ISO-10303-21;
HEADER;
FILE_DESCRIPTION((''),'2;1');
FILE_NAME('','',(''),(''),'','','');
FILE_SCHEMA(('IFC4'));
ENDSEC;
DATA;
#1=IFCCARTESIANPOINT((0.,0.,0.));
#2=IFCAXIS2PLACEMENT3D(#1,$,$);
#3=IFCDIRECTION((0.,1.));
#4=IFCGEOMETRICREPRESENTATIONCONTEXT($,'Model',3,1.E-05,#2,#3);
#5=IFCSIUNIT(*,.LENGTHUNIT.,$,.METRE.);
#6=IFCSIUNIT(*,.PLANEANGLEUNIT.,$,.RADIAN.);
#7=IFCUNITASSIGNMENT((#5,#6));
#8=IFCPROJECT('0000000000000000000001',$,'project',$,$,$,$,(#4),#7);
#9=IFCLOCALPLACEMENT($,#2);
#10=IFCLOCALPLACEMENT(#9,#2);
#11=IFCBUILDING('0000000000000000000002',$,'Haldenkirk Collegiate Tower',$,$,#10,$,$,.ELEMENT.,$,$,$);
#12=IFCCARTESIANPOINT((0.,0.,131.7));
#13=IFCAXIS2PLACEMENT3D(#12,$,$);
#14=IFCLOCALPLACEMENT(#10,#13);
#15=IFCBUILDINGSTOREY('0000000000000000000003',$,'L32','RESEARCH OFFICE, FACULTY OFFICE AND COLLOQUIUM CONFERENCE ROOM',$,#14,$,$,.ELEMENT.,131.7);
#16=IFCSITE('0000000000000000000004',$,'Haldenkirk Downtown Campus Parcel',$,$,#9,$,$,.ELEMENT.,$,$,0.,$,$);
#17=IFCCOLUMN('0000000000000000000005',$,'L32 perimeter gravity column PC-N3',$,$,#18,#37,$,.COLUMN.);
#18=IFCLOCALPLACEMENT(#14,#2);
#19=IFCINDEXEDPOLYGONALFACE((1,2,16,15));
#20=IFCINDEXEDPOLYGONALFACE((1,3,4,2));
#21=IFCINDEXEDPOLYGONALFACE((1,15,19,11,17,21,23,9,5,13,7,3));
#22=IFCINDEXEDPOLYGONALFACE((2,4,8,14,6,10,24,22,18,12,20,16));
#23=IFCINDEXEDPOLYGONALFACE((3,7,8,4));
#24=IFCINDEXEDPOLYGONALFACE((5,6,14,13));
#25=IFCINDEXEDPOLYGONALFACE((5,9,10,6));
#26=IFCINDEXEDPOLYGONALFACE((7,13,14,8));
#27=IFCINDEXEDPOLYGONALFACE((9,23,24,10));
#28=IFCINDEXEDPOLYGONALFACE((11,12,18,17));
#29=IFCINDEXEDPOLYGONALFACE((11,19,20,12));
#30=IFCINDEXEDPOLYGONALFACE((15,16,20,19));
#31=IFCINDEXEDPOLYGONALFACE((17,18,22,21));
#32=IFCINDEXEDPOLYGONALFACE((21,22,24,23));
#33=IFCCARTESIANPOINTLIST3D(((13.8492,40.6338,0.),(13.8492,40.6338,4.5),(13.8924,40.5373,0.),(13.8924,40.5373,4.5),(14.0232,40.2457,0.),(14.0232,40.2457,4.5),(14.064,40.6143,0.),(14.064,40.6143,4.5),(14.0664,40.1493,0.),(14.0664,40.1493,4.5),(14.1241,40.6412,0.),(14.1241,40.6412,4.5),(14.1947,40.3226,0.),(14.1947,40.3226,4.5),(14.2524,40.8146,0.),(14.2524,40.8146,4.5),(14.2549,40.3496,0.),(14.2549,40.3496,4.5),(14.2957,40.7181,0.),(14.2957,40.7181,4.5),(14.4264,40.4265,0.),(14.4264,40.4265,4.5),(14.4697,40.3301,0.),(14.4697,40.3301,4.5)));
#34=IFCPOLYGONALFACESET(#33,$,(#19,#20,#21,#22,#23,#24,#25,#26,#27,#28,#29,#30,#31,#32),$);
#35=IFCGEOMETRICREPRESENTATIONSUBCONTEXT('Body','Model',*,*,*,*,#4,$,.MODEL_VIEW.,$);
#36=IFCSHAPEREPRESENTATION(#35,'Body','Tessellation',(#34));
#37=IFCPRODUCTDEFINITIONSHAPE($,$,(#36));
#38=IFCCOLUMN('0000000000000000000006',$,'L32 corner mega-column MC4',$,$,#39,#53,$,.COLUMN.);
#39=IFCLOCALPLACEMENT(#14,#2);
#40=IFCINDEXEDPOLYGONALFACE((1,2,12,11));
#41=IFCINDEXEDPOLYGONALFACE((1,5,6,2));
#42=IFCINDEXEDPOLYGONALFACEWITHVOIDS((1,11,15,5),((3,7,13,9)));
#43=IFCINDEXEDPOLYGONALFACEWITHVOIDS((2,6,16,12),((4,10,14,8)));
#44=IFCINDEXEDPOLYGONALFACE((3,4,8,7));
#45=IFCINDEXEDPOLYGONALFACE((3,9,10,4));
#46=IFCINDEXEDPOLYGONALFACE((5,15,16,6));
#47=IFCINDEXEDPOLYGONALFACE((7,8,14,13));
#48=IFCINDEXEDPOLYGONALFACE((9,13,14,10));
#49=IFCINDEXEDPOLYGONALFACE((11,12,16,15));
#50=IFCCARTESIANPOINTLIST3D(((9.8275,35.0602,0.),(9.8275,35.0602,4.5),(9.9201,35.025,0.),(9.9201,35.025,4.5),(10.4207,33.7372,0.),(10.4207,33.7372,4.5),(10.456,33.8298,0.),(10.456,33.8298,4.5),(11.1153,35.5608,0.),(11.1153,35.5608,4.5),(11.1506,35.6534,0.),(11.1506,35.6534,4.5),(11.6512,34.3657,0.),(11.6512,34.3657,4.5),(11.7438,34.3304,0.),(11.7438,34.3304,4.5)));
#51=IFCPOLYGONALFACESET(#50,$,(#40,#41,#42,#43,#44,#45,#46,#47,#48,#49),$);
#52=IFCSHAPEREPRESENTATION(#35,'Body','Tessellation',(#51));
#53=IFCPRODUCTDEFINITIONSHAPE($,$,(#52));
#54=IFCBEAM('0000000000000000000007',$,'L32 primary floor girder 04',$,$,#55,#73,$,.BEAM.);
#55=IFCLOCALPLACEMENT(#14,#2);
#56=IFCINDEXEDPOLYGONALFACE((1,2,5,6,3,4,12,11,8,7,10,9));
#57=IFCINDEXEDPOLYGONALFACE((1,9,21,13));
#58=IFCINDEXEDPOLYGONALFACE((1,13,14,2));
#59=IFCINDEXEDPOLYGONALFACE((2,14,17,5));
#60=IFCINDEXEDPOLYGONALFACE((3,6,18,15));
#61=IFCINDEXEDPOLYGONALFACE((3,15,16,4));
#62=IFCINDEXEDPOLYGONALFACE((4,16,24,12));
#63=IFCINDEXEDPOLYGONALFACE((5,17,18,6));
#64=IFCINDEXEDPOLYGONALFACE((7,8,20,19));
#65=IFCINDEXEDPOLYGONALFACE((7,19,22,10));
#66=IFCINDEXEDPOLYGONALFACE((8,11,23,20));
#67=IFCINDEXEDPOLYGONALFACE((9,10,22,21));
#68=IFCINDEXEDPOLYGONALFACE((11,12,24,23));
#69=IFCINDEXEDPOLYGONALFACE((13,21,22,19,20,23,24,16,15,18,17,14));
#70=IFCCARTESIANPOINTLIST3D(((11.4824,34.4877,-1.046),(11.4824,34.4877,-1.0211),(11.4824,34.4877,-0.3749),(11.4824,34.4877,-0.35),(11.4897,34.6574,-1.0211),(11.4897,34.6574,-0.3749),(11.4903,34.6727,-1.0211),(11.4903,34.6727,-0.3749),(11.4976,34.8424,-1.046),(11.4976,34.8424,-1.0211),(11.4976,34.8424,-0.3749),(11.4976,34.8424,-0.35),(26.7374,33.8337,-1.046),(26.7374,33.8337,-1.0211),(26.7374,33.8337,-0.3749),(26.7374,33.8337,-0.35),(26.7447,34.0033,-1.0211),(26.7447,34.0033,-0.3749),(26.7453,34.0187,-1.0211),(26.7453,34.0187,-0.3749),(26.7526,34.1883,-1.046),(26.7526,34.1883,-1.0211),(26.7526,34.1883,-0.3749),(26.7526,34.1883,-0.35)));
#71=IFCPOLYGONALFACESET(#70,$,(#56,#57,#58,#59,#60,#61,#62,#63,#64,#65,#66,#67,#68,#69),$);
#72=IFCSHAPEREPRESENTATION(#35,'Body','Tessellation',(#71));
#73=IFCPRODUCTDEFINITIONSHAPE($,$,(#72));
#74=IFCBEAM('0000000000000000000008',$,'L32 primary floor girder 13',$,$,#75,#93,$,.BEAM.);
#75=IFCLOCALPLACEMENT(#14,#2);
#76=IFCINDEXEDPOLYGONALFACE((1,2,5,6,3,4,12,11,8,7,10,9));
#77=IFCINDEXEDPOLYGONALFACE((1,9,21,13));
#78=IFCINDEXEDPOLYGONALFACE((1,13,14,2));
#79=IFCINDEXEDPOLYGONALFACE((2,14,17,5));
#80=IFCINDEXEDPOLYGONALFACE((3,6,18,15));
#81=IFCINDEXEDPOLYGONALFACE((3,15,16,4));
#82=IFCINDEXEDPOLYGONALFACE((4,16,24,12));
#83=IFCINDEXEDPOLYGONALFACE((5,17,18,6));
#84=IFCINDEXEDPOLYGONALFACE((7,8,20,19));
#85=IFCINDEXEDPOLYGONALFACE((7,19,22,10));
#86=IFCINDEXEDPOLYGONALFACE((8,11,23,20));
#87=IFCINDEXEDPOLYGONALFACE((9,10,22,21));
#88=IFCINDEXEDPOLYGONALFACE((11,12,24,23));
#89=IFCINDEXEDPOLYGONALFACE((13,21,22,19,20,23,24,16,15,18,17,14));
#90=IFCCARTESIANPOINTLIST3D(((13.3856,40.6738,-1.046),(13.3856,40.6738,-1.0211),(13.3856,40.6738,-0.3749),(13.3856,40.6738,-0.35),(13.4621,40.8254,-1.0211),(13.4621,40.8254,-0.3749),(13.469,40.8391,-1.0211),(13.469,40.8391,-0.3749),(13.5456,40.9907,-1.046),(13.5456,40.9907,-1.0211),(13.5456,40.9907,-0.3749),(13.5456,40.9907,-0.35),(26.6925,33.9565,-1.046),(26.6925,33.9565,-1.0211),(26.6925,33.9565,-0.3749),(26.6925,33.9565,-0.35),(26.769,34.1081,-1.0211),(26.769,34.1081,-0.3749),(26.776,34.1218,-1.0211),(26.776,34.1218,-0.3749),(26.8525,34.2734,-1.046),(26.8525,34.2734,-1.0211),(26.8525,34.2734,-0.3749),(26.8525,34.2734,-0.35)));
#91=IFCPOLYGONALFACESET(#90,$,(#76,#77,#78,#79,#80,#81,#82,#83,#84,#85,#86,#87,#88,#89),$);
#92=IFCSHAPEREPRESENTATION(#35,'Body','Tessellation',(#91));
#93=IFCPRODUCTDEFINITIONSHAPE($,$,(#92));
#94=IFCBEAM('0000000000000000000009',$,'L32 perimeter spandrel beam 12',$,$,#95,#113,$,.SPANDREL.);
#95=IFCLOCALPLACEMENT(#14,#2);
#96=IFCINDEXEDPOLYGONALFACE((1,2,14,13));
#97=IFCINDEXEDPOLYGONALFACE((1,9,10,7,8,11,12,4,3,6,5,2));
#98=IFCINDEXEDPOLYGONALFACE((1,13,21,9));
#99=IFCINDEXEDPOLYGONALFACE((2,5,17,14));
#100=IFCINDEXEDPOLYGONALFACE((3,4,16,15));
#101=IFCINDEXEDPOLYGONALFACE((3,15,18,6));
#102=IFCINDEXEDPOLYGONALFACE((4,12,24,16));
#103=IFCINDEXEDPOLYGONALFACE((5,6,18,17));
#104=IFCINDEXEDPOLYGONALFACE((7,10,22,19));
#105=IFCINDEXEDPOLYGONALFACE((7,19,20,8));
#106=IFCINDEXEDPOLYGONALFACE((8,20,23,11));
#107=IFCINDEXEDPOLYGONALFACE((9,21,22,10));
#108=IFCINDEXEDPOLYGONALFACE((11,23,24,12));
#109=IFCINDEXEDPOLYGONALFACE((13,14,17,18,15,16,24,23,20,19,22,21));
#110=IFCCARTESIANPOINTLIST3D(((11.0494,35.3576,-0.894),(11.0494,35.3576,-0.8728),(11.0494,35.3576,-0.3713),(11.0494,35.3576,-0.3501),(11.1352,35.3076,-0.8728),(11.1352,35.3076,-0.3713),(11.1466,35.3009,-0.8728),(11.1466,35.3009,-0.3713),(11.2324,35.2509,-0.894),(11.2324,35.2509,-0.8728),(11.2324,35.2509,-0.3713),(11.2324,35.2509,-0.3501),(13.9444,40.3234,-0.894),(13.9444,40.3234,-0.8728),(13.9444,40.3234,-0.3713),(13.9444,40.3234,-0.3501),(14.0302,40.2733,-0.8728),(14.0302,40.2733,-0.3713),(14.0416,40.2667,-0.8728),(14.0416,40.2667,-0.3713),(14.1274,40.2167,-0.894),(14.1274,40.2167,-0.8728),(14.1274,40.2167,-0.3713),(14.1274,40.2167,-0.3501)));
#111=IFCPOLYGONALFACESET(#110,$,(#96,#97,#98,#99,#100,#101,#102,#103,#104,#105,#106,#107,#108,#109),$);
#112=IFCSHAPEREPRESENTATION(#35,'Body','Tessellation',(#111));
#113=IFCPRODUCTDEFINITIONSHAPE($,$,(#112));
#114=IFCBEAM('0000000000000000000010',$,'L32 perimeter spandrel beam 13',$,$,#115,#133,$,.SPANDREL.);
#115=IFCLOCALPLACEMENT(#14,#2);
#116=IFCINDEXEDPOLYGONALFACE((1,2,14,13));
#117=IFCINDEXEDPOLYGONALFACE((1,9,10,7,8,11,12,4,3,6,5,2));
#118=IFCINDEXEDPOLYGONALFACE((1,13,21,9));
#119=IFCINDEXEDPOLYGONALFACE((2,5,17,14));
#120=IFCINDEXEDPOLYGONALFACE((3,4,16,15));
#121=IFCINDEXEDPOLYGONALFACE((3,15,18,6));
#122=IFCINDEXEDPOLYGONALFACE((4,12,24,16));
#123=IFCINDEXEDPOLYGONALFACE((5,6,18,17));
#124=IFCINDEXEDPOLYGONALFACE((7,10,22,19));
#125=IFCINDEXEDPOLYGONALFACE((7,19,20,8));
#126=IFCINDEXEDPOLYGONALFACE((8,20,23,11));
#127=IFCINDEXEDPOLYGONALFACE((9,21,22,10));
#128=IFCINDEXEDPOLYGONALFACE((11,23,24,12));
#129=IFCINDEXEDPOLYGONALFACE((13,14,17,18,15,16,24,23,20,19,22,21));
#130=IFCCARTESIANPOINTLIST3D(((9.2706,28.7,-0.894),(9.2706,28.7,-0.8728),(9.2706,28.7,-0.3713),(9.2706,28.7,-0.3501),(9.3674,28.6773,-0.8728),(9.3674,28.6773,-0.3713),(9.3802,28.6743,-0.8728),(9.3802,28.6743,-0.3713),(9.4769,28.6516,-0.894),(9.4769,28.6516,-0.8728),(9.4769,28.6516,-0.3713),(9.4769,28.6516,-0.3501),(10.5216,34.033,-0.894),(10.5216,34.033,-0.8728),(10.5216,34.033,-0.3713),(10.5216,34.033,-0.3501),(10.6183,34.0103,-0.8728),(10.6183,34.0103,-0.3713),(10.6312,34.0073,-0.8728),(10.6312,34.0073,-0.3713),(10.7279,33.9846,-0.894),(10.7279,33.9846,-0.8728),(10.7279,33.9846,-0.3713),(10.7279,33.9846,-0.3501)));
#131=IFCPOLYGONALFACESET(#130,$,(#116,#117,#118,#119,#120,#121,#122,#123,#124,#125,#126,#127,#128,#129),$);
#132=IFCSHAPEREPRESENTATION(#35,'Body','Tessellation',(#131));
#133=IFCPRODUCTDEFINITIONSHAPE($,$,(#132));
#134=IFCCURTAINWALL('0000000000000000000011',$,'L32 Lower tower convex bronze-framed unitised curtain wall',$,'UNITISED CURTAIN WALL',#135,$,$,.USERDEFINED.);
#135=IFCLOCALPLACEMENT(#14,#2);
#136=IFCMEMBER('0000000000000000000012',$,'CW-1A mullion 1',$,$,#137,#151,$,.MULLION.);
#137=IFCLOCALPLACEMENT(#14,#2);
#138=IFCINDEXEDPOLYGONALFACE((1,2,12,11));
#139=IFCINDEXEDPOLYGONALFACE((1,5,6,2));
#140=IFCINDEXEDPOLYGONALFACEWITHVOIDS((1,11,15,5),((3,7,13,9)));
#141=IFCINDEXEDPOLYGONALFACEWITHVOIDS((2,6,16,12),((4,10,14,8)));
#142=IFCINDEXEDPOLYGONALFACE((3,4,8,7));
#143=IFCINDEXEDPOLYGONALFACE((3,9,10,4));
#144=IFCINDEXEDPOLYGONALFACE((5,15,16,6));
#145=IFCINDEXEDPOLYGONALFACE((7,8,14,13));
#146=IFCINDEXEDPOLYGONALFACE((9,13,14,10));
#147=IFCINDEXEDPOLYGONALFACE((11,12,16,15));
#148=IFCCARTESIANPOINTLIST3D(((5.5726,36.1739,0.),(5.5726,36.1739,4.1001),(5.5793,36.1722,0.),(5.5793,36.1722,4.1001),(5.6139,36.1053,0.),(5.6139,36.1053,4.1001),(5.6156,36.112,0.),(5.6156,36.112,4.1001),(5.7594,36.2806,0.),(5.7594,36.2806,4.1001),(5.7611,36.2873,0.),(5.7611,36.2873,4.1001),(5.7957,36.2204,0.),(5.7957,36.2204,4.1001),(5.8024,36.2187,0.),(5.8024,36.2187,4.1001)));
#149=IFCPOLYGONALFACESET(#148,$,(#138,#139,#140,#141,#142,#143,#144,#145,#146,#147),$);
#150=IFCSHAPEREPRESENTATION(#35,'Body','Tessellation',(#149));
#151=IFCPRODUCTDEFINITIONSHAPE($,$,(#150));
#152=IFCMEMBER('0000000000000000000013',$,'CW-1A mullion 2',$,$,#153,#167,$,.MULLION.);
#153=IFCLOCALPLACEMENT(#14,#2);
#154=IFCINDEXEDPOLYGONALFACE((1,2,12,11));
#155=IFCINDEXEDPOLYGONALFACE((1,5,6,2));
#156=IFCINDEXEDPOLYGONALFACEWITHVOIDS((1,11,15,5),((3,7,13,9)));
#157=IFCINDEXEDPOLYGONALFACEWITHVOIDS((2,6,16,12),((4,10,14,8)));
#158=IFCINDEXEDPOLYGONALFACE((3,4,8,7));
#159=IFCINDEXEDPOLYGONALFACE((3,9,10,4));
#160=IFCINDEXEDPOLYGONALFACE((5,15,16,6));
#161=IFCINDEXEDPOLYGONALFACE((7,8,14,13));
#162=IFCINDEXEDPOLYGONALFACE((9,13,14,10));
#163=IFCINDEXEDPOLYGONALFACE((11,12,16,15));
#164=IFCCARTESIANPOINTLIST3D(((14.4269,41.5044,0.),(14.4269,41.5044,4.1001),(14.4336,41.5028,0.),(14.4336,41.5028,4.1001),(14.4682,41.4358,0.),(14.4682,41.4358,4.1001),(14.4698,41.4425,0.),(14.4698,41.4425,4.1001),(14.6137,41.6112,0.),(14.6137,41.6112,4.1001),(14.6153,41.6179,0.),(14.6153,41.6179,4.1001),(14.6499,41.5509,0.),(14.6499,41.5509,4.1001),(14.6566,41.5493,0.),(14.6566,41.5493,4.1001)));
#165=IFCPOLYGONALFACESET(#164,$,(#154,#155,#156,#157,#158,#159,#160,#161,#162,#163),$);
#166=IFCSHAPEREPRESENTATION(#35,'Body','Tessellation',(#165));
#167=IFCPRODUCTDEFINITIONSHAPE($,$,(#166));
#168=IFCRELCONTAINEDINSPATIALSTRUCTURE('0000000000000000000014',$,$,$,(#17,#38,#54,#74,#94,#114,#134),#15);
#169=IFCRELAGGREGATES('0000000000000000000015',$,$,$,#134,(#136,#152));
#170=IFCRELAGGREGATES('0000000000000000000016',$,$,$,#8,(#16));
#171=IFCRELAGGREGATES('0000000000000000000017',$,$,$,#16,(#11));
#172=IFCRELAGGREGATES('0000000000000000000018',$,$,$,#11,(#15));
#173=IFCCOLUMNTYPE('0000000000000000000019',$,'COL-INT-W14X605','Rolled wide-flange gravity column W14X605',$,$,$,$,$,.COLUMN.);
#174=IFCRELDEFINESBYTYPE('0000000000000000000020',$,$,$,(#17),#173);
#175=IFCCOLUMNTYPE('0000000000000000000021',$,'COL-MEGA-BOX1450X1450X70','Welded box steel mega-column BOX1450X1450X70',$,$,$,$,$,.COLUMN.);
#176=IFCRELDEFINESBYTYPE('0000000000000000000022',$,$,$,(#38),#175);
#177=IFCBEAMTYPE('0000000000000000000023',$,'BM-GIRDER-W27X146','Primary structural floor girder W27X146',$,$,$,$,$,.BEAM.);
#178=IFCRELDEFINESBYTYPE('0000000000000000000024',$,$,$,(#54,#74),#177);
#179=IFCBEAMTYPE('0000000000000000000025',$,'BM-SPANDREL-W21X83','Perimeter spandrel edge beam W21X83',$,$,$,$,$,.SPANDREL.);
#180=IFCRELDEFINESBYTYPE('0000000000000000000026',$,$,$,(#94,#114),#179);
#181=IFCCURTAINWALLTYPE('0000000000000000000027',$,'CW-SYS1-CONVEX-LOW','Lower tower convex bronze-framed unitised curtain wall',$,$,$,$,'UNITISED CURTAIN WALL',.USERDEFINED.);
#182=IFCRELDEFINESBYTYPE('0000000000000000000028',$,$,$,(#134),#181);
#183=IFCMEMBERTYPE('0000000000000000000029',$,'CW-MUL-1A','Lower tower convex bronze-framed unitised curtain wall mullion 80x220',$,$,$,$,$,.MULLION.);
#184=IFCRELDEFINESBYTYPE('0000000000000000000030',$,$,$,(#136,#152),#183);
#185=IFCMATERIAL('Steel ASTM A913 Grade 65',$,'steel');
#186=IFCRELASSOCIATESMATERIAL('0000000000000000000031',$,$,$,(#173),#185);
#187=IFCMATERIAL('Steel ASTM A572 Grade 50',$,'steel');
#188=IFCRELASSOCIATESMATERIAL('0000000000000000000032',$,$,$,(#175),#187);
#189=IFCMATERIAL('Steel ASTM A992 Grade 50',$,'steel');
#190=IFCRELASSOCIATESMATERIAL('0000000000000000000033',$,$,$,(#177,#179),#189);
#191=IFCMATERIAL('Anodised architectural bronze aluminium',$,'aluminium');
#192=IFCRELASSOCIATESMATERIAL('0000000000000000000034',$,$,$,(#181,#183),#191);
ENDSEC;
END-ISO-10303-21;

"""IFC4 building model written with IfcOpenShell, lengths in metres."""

from ifc_helpers import new_model, si_unit, direction, frame, origin, origin_2d, place, context, subcontext, project, spatial, hollow_rectangle, i_section, extrude, material, material_profile, profile_set, type_object, element, aggregate, save


model = new_model("IFC4")

# Units and contexts
model_context = context("Model", 3, precision=1e-05, world=origin(), true_north=direction((0.0, 1.0)))
body_context = subcontext(model_context, "Body", "Model", "MODEL_VIEW")
ifc_project = project(units=[si_unit("LENGTHUNIT", "METRE"), si_unit("PLANEANGLEUNIT", "RADIAN")], contexts=[model_context])

# Site, building, storey
site_placement = place(None, origin())
site = spatial("IfcSite", under=ifc_project, at=site_placement, Name="Haldenkirk Downtown Campus Parcel", CompositionType="ELEMENT", RefElevation=0.0)
building_placement = place(site_placement, origin())
building = spatial("IfcBuilding", under=site, at=building_placement, Name="Haldenkirk Collegiate Tower", CompositionType="ELEMENT")
storey_placement = place(building_placement, frame((0.0, 0.0, 131.7)))
storey = spatial("IfcBuildingStorey", under=building, at=storey_placement, Name="L32", Description="RESEARCH OFFICE, FACULTY OFFICE AND COLLOQUIUM CONFERENCE ROOM", CompositionType="ELEMENT", Elevation=131.7)

# Columns
ifc_material_1 = material(Name="Steel ASTM A913 Grade 65", Category="steel")
ifc_material_profile_1 = material_profile(ifc_material_1, i_section(OverallWidth=0.4419, OverallDepth=0.531, WebThickness=0.0659, FlangeThickness=0.1057, at=origin_2d()), Name="W14X605")
ifc_profile_set_1 = profile_set([ifc_material_profile_1], Name="Steel ASTM A913 Grade 65")
column_type_1 = type_object("IfcColumnType", Name="COL-INT-W14X605", Description="Rolled wide-flange gravity column W14X605", PredefinedType="COLUMN", material=ifc_profile_set_1)
column_1_placement = place(storey_placement, frame((14.1594, 40.4819, 0.0), z_axis=(0.0, 0.0, 1.0), x_axis=(0.912477, 0.409127, 0.0)))
element("IfcColumn", 1, at=column_1_placement, inside=storey, type_object=column_type_1, Name="L32 perimeter gravity column PC-N3", PredefinedType="COLUMN", context=body_context, shape_type="SweptSolid", body=[
    extrude(i_section(OverallWidth=0.4419, OverallDepth=0.531, WebThickness=0.0659, FlangeThickness=0.1057, at=origin_2d()), origin(), (0.0, 0.0, 1.0), 4.5),
])
ifc_material_2 = material(Name="Steel ASTM A572 Grade 50", Category="steel")
ifc_material_profile_2 = material_profile(ifc_material_2, hollow_rectangle(XDim=1.45, YDim=1.45, WallThickness=0.0701, at=origin_2d()), Name="BOX1450X1450X70")
ifc_profile_set_2 = profile_set([ifc_material_profile_2], Name="Steel ASTM A572 Grade 50")
column_type_2 = type_object("IfcColumnType", Name="COL-MEGA-BOX1450X1450X70", Description="Welded box steel mega-column BOX1450X1450X70", PredefinedType="COLUMN", material=ifc_profile_set_2)
column_2_placement = place(storey_placement, frame((10.7856, 34.6953, 0.0), z_axis=(0.0, 0.0, 1.0), x_axis=(0.912477, 0.409127, 0.0)))
element("IfcColumn", 2, at=column_2_placement, inside=storey, type_object=column_type_2, Name="L32 corner mega-column MC4", PredefinedType="COLUMN", context=body_context, shape_type="SweptSolid", body=[
    extrude(hollow_rectangle(XDim=1.45, YDim=1.45, WallThickness=0.0701, at=origin_2d()), origin(), (0.0, 0.0, 1.0), 4.5),
])

# Beams
ifc_material_3 = material(Name="Steel ASTM A992 Grade 50", Category="steel")
ifc_material_profile_3 = material_profile(ifc_material_3, i_section(OverallWidth=0.355, OverallDepth=0.696, WebThickness=0.0154, FlangeThickness=0.0249, at=origin_2d()), Name="W27X146")
ifc_profile_set_3 = profile_set([ifc_material_profile_3], Name="Steel ASTM A992 Grade 50")
beam_type_1 = type_object("IfcBeamType", Name="BM-GIRDER-W27X146", Description="Primary structural floor girder W27X146", PredefinedType="BEAM", material=ifc_profile_set_3)
beam_1_placement = place(storey_placement, frame((11.49, 34.665, -0.698), z_axis=(0.999082, -0.042835, 0.0), x_axis=(0.042835, 0.999082, 0.0)))
element("IfcBeam", 3, at=beam_1_placement, inside=storey, type_object=beam_type_1, Name="L32 primary floor girder 04", PredefinedType="BEAM", context=body_context, shape_type="SweptSolid", body=[
    extrude(i_section(OverallWidth=0.355, OverallDepth=0.696, WebThickness=0.0154, FlangeThickness=0.0249, at=origin_2d()), origin(), (0.0, 0.0, 1.0), 15.269),
])
beam_2_placement = place(storey_placement, frame((13.4656, 40.8323, -0.698), z_axis=(0.892707, -0.450637, 0.0), x_axis=(0.450637, 0.892707, 0.0)))
element("IfcBeam", 4, at=beam_2_placement, inside=storey, type_object=beam_type_1, Name="L32 primary floor girder 13", PredefinedType="BEAM", context=body_context, shape_type="SweptSolid", body=[
    extrude(i_section(OverallWidth=0.355, OverallDepth=0.696, WebThickness=0.0154, FlangeThickness=0.0249, at=origin_2d()), origin(), (0.0, 0.0, 1.0), 14.9062),
])
ifc_material_profile_4 = material_profile(ifc_material_3, i_section(OverallWidth=0.2119, OverallDepth=0.5439, WebThickness=0.0132, FlangeThickness=0.0212, at=origin_2d()), Name="W21X83")
ifc_profile_set_4 = profile_set([ifc_material_profile_4], Name="Steel ASTM A992 Grade 50")
beam_type_2 = type_object("IfcBeamType", Name="BM-SPANDREL-W21X83", Description="Perimeter spandrel edge beam W21X83", PredefinedType="SPANDREL", material=ifc_profile_set_4)
beam_3_placement = place(storey_placement, frame((14.0359, 40.27, -0.6221), z_axis=(-0.503649, -0.863908, 0.0), x_axis=(0.863908, -0.503649, 0.0)))
element("IfcBeam", 5, at=beam_3_placement, inside=storey, type_object=beam_type_2, Name="L32 perimeter spandrel beam 12", PredefinedType="SPANDREL", context=body_context, shape_type="SweptSolid", body=[
    extrude(i_section(OverallWidth=0.2119, OverallDepth=0.5439, WebThickness=0.0132, FlangeThickness=0.0212, at=origin_2d()), origin(), (0.0, 0.0, 1.0), 5.748),
])
beam_4_placement = place(storey_placement, frame((10.6248, 34.0088, -0.6221), z_axis=(-0.228374, -0.973574, 0.0), x_axis=(0.973574, -0.228374, 0.0)))
element("IfcBeam", 6, at=beam_4_placement, inside=storey, type_object=beam_type_2, Name="L32 perimeter spandrel beam 13", PredefinedType="SPANDREL", context=body_context, shape_type="SweptSolid", body=[
    extrude(i_section(OverallWidth=0.2119, OverallDepth=0.5439, WebThickness=0.0132, FlangeThickness=0.0212, at=origin_2d()), origin(), (0.0, 0.0, 1.0), 5.4778),
])

# Curtain wall, members
ifc_material_4 = material(Name="Anodised architectural bronze aluminium", Category="aluminium")
curtain_wall_type = type_object("IfcCurtainWallType", Name="CW-SYS1-CONVEX-LOW", Description="Lower tower convex bronze-framed unitised curtain wall", ElementType="UNITISED CURTAIN WALL", PredefinedType="USERDEFINED", material=ifc_material_4)
curtain_wall_placement = place(storey_placement, origin())
curtain_wall = element("IfcCurtainWall", 7, at=curtain_wall_placement, inside=storey, type_object=curtain_wall_type, Name="L32 Lower tower convex bronze-framed unitised curtain wall", ObjectType="UNITISED CURTAIN WALL", PredefinedType="USERDEFINED")
ifc_material_profile_5 = material_profile(ifc_material_4, hollow_rectangle(XDim=0.0801, YDim=0.22, WallThickness=0.0049, at=origin_2d()), Name="CW-MUL-1A")
ifc_profile_set_5 = profile_set([ifc_material_profile_5], Name="Anodised architectural bronze aluminium")
member_type_1 = type_object("IfcMemberType", Name="CW-MUL-1A", Description="Lower tower convex bronze-framed unitised curtain wall mullion 80x220", PredefinedType="MULLION", material=ifc_profile_set_5)
member_1_placement = place(storey_placement, frame((5.6875, 36.1963, 0.0), z_axis=(0.0, 0.0, 1.0), x_axis=(-0.515784, 0.856718, 0.0)))
member_1 = element("IfcMember", 8, at=member_1_placement, type_object=member_type_1, Name="CW-1A mullion 1", PredefinedType="MULLION", context=body_context, shape_type="SweptSolid", body=[
    extrude(hollow_rectangle(XDim=0.0801, YDim=0.22, WallThickness=0.0049, at=origin_2d()), origin(), (0.0, 0.0, 1.0), 4.1001),
])
member_2_placement = place(storey_placement, frame((14.5417, 41.5269, 0.0), z_axis=(0.0, 0.0, 1.0), x_axis=(-0.515784, 0.856718, 0.0)))
member_2 = element("IfcMember", 9, at=member_2_placement, type_object=member_type_1, Name="CW-1A mullion 2", PredefinedType="MULLION", context=body_context, shape_type="SweptSolid", body=[
    extrude(hollow_rectangle(XDim=0.0801, YDim=0.22, WallThickness=0.0049, at=origin_2d()), origin(), (0.0, 0.0, 1.0), 4.1001),
])
aggregate(curtain_wall, [member_1, member_2])

save(model, "model.ifc")
